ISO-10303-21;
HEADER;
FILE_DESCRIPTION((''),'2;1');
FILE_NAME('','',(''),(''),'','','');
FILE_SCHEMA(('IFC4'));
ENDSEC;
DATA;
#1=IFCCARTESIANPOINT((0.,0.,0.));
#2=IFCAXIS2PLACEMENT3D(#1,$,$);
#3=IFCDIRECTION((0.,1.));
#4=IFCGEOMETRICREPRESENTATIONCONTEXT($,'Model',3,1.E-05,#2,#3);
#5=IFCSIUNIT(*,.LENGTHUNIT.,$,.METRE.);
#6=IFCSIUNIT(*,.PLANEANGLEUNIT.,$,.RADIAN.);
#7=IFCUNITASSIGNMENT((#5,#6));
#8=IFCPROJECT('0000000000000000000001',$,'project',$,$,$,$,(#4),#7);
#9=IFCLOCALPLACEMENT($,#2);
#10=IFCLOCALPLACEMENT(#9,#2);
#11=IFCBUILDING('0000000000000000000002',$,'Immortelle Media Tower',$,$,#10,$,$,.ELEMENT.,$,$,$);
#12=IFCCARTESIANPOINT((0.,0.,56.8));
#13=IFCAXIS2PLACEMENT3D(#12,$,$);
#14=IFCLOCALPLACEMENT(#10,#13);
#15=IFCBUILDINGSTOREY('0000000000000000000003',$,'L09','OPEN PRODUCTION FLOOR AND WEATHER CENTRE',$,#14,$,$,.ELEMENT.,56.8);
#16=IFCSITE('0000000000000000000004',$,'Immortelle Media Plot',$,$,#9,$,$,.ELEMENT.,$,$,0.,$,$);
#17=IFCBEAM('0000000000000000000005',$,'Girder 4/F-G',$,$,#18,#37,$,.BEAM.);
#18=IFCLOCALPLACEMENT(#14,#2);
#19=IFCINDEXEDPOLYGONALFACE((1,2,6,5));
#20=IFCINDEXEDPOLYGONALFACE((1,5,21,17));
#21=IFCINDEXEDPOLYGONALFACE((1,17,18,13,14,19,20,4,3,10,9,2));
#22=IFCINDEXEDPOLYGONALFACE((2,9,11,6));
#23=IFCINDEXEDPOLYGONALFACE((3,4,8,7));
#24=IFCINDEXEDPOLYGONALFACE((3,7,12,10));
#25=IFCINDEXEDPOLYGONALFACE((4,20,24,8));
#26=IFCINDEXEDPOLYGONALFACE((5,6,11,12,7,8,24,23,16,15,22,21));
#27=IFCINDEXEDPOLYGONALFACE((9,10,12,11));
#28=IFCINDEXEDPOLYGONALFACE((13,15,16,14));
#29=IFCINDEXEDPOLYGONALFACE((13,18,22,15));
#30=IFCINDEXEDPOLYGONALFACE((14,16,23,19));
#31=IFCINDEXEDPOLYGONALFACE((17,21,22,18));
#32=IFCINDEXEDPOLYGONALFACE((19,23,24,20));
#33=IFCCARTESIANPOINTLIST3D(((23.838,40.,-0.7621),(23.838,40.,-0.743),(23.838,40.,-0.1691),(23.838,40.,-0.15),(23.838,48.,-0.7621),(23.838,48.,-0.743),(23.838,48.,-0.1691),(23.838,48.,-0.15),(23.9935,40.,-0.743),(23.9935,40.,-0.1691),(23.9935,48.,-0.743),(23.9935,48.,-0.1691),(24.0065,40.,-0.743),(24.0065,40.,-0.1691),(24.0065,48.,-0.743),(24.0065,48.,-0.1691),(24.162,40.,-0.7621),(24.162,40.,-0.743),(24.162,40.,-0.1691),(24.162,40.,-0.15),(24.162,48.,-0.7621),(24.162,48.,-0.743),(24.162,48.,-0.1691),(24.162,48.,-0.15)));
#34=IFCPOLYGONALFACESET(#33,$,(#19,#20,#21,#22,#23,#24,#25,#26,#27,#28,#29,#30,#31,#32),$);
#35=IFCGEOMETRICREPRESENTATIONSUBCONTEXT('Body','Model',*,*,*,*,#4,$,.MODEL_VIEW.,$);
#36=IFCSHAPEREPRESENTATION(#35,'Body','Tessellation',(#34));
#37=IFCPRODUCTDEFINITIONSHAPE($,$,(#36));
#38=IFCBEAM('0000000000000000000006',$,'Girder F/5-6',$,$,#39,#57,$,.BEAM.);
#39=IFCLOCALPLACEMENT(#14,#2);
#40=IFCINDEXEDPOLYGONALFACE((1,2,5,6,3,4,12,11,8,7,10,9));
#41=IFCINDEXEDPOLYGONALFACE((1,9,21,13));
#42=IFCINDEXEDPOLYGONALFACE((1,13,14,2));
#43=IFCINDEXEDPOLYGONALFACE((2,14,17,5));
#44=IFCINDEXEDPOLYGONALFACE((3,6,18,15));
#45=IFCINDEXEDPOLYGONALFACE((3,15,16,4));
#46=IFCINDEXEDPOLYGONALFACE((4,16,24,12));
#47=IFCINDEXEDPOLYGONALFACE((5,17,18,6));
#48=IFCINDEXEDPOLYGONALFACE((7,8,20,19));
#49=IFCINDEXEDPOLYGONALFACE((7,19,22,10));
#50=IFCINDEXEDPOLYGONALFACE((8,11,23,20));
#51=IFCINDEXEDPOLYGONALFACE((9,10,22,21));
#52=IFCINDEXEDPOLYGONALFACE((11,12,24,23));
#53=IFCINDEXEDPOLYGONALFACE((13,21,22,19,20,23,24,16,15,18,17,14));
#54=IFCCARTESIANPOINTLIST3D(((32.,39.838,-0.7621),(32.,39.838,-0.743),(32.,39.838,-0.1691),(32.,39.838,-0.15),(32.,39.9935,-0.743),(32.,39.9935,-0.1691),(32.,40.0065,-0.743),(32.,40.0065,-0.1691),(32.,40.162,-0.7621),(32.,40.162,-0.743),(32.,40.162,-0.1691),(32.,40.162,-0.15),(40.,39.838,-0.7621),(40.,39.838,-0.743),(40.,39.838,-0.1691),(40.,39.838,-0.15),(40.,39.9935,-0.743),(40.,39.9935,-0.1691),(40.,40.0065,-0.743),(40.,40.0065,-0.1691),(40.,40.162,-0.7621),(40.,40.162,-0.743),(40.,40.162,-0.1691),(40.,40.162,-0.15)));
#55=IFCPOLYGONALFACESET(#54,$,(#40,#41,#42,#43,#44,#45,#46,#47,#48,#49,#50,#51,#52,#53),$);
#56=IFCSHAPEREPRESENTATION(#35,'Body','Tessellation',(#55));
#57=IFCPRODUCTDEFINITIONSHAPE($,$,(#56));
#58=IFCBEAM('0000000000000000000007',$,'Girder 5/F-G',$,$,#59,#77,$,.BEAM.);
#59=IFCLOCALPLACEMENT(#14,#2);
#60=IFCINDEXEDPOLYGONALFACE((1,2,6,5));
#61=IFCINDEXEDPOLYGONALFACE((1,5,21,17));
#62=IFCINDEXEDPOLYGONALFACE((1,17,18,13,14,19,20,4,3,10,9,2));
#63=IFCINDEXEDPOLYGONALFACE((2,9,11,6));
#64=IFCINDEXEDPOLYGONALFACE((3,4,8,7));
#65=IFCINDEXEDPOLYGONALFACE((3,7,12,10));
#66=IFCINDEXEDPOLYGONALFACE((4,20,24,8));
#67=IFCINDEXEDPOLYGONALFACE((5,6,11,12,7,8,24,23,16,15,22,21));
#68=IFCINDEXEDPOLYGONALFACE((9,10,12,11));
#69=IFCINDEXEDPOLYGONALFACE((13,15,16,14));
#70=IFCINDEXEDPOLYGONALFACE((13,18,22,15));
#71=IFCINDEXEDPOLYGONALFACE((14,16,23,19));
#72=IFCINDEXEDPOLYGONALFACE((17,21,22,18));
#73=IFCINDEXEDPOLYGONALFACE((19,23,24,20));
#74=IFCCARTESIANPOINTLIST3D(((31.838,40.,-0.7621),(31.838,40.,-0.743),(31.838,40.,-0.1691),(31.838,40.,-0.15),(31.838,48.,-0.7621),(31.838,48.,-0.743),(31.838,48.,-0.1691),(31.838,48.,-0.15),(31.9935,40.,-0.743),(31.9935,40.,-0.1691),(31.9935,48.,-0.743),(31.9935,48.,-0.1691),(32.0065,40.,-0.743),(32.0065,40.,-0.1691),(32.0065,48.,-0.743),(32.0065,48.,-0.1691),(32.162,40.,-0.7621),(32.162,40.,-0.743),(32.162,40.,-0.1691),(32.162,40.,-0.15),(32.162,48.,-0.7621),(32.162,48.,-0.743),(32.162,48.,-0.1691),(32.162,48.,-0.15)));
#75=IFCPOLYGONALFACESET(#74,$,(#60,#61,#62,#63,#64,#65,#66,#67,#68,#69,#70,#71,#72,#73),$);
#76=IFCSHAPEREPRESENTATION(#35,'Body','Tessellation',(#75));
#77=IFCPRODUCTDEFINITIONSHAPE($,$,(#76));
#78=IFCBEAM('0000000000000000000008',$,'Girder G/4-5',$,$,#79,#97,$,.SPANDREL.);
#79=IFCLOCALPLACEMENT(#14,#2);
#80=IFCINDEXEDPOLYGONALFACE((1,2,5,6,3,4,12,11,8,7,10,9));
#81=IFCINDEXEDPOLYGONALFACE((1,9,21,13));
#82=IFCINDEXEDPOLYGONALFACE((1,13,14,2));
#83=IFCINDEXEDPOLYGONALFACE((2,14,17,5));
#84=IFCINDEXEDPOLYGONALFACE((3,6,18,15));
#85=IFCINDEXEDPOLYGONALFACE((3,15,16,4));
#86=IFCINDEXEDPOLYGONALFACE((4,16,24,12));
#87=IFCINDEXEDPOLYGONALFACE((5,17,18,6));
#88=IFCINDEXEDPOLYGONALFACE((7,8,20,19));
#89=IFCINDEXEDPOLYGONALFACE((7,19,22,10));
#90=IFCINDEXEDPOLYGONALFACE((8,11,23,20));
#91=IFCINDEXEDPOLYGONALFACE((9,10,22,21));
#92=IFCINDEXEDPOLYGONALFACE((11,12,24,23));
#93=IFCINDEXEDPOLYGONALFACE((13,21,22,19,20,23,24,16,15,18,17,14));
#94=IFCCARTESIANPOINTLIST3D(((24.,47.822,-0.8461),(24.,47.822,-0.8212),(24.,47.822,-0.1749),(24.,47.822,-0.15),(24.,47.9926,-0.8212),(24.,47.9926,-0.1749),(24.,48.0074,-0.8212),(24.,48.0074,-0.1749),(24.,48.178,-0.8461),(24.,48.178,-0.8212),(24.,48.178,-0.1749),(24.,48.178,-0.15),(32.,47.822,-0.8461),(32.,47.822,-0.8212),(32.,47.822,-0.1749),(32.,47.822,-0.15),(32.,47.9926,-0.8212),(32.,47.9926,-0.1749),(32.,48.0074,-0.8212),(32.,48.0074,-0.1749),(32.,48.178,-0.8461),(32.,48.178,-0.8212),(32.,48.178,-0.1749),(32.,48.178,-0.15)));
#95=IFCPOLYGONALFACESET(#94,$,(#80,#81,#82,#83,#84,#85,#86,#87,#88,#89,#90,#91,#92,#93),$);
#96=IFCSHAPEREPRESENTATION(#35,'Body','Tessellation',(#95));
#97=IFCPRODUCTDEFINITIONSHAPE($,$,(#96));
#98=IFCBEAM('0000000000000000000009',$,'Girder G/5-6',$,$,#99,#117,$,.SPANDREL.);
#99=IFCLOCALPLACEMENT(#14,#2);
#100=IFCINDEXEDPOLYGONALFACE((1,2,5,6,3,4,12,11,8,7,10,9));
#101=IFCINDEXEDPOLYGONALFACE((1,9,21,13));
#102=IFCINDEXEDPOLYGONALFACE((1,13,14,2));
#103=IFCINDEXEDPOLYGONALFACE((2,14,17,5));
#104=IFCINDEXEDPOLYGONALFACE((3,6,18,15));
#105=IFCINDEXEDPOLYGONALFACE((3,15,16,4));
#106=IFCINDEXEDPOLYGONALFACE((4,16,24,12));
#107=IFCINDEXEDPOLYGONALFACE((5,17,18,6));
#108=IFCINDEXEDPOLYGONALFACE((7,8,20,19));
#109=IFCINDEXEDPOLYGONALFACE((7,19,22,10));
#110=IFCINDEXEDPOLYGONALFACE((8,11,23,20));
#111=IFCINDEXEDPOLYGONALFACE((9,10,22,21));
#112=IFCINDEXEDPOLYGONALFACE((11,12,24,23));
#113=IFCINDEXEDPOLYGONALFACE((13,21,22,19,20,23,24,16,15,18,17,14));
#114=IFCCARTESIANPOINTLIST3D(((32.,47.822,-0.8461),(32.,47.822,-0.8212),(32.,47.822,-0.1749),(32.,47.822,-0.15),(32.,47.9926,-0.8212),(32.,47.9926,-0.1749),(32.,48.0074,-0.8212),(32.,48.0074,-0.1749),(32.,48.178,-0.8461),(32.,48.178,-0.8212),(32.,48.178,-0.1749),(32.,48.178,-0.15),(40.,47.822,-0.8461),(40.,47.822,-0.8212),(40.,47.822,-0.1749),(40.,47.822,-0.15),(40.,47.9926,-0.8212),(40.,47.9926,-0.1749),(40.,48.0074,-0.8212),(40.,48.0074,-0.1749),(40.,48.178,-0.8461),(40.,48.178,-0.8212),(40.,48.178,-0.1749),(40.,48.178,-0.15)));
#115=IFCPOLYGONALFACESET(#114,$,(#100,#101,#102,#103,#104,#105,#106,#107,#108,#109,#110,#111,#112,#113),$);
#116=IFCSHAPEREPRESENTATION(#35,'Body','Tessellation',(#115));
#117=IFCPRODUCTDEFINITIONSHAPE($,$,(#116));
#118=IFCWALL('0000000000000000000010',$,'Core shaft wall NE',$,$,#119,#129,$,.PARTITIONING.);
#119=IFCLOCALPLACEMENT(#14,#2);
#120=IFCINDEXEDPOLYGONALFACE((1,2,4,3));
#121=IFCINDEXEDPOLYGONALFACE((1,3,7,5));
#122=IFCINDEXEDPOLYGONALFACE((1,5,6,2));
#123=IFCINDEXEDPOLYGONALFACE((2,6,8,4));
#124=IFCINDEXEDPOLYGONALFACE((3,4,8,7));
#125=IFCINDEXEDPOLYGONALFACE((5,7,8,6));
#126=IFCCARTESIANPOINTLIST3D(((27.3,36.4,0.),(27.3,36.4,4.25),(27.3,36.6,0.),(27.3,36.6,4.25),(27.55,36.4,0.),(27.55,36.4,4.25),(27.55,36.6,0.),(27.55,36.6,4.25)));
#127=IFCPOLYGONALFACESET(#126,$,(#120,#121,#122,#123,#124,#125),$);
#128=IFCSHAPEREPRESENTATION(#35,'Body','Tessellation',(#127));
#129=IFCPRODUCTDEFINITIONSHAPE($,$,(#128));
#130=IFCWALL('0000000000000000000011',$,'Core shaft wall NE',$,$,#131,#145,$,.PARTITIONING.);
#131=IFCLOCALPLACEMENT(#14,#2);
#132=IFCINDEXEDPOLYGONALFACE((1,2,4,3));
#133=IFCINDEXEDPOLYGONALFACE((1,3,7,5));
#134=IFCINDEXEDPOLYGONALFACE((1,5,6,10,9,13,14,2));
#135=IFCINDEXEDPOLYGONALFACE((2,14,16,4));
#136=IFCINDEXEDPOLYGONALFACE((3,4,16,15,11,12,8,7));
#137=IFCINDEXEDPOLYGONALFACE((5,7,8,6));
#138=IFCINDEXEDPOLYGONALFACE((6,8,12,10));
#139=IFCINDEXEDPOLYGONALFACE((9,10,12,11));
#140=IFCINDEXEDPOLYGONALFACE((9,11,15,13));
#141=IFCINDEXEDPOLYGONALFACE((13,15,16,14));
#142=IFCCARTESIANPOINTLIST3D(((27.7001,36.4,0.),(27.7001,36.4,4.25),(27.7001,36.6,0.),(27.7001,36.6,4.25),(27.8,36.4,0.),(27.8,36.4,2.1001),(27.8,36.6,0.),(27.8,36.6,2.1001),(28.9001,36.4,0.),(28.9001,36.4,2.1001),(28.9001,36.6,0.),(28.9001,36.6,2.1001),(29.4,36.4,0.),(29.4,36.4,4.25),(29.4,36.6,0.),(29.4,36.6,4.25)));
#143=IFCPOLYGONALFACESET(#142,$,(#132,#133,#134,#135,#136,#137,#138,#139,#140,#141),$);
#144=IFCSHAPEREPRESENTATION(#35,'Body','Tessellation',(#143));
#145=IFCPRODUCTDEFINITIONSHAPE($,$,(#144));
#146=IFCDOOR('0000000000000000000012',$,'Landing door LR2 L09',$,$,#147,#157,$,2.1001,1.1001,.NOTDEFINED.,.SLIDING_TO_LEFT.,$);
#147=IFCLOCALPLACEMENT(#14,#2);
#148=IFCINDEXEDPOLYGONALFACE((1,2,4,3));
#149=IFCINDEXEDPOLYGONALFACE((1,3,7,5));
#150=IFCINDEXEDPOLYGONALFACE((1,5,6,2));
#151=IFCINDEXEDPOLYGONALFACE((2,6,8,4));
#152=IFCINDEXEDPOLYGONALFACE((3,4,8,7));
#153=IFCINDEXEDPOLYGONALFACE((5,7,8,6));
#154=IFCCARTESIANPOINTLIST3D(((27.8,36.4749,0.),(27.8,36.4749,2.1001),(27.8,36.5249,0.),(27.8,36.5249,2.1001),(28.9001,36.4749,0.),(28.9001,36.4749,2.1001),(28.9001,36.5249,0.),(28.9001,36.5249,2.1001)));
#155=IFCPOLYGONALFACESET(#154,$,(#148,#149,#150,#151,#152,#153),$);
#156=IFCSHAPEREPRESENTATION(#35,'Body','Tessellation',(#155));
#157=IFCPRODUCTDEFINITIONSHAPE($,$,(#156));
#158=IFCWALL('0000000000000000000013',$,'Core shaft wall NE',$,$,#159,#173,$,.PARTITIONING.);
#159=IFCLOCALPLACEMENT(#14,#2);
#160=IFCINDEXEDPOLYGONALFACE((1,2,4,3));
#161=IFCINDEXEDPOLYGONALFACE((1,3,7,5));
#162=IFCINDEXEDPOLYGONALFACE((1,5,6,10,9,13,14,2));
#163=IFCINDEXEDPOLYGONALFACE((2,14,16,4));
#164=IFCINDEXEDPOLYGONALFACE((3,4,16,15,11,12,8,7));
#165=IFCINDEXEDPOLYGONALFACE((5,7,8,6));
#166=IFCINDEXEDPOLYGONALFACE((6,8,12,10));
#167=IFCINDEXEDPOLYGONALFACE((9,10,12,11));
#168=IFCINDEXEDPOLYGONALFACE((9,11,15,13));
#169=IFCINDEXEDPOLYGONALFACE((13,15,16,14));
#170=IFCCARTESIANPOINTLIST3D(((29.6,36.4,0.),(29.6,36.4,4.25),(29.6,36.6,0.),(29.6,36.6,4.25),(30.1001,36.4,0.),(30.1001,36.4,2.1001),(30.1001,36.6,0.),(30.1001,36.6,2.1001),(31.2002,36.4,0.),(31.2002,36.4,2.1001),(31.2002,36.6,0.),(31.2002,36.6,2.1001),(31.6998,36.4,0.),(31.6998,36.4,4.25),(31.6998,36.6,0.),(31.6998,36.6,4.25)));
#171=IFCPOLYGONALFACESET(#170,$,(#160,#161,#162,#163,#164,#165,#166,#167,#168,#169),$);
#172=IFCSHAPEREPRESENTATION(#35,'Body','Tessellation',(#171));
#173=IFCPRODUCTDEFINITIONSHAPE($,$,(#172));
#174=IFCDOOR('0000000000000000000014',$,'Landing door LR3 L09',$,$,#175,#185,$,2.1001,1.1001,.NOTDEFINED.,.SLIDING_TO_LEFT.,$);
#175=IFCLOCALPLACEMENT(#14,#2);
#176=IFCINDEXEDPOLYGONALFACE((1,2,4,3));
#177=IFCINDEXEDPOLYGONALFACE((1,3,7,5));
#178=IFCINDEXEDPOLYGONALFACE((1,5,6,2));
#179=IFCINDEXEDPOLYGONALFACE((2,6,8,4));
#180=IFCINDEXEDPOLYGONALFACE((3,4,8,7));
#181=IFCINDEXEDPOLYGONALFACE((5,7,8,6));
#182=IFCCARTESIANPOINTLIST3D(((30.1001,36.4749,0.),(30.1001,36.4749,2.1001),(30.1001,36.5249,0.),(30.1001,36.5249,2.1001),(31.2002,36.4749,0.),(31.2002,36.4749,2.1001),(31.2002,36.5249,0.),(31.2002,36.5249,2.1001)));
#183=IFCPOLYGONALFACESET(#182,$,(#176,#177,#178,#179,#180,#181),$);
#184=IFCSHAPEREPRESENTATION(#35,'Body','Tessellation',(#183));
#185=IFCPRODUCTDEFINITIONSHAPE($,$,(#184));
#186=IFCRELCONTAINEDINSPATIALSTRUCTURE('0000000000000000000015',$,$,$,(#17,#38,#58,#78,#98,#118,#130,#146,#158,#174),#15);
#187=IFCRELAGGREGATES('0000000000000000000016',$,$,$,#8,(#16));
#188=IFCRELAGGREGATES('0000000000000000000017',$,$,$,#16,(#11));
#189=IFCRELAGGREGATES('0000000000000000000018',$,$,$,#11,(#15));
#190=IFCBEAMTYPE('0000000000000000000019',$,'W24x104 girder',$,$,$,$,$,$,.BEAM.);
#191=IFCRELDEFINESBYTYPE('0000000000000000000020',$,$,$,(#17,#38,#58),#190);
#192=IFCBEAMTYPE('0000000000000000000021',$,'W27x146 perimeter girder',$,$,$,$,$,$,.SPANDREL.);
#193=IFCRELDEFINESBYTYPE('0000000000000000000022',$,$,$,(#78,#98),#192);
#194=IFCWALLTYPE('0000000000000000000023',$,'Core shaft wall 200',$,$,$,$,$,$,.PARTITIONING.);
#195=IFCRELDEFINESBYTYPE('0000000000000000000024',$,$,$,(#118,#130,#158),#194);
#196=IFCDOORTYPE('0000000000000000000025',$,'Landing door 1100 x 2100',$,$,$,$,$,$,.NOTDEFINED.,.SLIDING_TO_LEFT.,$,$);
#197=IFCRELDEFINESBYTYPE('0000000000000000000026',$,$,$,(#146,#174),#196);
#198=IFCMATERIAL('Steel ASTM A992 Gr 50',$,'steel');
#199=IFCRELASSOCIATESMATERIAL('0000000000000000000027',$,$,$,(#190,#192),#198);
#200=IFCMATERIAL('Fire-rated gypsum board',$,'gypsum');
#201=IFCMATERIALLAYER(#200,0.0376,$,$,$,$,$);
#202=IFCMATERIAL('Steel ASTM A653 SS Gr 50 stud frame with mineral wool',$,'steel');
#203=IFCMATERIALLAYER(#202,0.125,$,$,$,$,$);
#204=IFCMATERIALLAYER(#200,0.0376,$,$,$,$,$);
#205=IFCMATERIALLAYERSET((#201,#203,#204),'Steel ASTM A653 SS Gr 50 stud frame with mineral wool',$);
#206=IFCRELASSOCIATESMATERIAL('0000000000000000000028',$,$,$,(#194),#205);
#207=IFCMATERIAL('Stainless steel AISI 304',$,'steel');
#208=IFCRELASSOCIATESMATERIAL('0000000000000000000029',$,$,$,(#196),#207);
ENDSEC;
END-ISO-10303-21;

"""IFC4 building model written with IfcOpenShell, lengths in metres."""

from ifc_helpers import new_model, si_unit, direction, frame, frame_2d, origin, origin_2d, place, context, subcontext, project, spatial, rectangle, i_section, extrude, material, layer, layer_set, material_profile, profile_set, type_object, element, fill, save


model = new_model("IFC4")

# Units and contexts
model_context = context("Model", 3, precision=1e-05, world=origin(), true_north=direction((0.0, 1.0)))
body_context = subcontext(model_context, "Body", "Model", "MODEL_VIEW")
ifc_project = project(units=[si_unit("LENGTHUNIT", "METRE"), si_unit("PLANEANGLEUNIT", "RADIAN")], contexts=[model_context])

# Site, building, storey
site_placement = place(None, origin())
site = spatial("IfcSite", under=ifc_project, at=site_placement, Name="Immortelle Media Plot", CompositionType="ELEMENT", RefElevation=0.0)
building_placement = place(site_placement, origin())
building = spatial("IfcBuilding", under=site, at=building_placement, Name="Immortelle Media Tower", CompositionType="ELEMENT")
storey_placement = place(building_placement, frame((0.0, 0.0, 56.8)))
storey = spatial("IfcBuildingStorey", under=building, at=storey_placement, Name="L09", Description="OPEN PRODUCTION FLOOR AND WEATHER CENTRE", CompositionType="ELEMENT", Elevation=56.8)

# Shared definitions
ifc_material_1 = material(Name="Steel ASTM A992 Gr 50", Category="steel")

# Beams
ifc_material_profile_1 = material_profile(ifc_material_1, i_section(OverallWidth=0.324, OverallDepth=0.6121, WebThickness=0.0129, FlangeThickness=0.019, at=origin_2d()), Name="W24x104")
ifc_profile_set_1 = profile_set([ifc_material_profile_1], Name="Steel ASTM A992 Gr 50")
beam_type_1 = type_object("IfcBeamType", Name="W24x104 girder", PredefinedType="BEAM", material=ifc_profile_set_1)
for number, where, z_axis, x_axis, name in (
    (1, (24.0, 40.0, -0.4561), (0.0, 1.0, 0.0), (-1.0, 0.0, 0.0), "Girder 4/F-G"),
    (2, (32.0, 40.0, -0.4561), (1.0, 0.0, 0.0), (0.0, 1.0, 0.0), "Girder F/5-6"),
    (3, (32.0, 40.0, -0.4561), (0.0, 1.0, 0.0), (-1.0, 0.0, 0.0), "Girder 5/F-G"),
):
    element("IfcBeam", number, at=place(storey_placement, frame(where, z_axis=z_axis, x_axis=x_axis)), inside=storey, type_object=beam_type_1, Name=name, PredefinedType="BEAM", context=body_context, shape_type="SweptSolid", body=[
        extrude(i_section(OverallWidth=0.324, OverallDepth=0.6121, WebThickness=0.0129, FlangeThickness=0.019, at=origin_2d()), origin(), (0.0, 0.0, 1.0), 8.0),
    ])
ifc_material_profile_2 = material_profile(ifc_material_1, i_section(OverallWidth=0.356, OverallDepth=0.696, WebThickness=0.0149, FlangeThickness=0.0249, at=origin_2d()), Name="W27x146")
ifc_profile_set_2 = profile_set([ifc_material_profile_2], Name="Steel ASTM A992 Gr 50")
beam_type_2 = type_object("IfcBeamType", Name="W27x146 perimeter girder", PredefinedType="SPANDREL", material=ifc_profile_set_2)
for number, where, z_axis, x_axis, name in (
    (4, (24.0, 48.0, -0.498), (1.0, 0.0, 0.0), (0.0, 1.0, 0.0), "Girder G/4-5"),
    (5, (32.0, 48.0, -0.498), (1.0, 0.0, 0.0), (0.0, 1.0, 0.0), "Girder G/5-6"),
):
    element("IfcBeam", number, at=place(storey_placement, frame(where, z_axis=z_axis, x_axis=x_axis)), inside=storey, type_object=beam_type_2, Name=name, PredefinedType="SPANDREL", context=body_context, shape_type="SweptSolid", body=[
        extrude(i_section(OverallWidth=0.356, OverallDepth=0.696, WebThickness=0.0149, FlangeThickness=0.0249, at=origin_2d()), origin(), (0.0, 0.0, 1.0), 8.0),
    ])

# Wall
ifc_material_2 = material(Name="Fire-rated gypsum board", Category="gypsum")
ifc_layer_1 = layer(ifc_material_2, 0.0376)
ifc_material_3 = material(Name="Steel ASTM A653 SS Gr 50 stud frame with mineral wool", Category="steel")
ifc_layer_2 = layer(ifc_material_3, 0.125)
ifc_layer_3 = layer(ifc_material_2, 0.0376)
ifc_layer_set_1 = layer_set([ifc_layer_1, ifc_layer_2, ifc_layer_3], Name="Steel ASTM A653 SS Gr 50 stud frame with mineral wool")
wall_type_1 = type_object("IfcWallType", Name="Core shaft wall 200", PredefinedType="PARTITIONING", material=ifc_layer_set_1)
wall_1_placement = place(storey_placement, frame((27.3, 36.5, 0.0), z_axis=(0.0, 0.0, 1.0), x_axis=(1.0, 0.0, 0.0)))
element("IfcWall", 6, at=wall_1_placement, inside=storey, type_object=wall_type_1, Name="Core shaft wall NE", PredefinedType="PARTITIONING", context=body_context, shape_type="SweptSolid", body=[
    extrude(rectangle(XDim=0.25, YDim=0.2, at=frame_2d((0.125, 0.0))), origin(), (0.0, 0.0, 1.0), 4.25),
])

# Walls, openings, doors
wall_2_placement = place(storey_placement, frame((27.7, 36.5, 0.0), z_axis=(0.0, 0.0, 1.0), x_axis=(1.0, 0.0, 0.0)))
wall_2 = element("IfcWall", 7, at=wall_2_placement, inside=storey, type_object=wall_type_1, Name="Core shaft wall NE", PredefinedType="PARTITIONING", context=body_context, shape_type="SweptSolid", body=[
    extrude(rectangle(XDim=1.7, YDim=0.2, at=frame_2d((0.8501, 0.0))), origin(), (0.0, 0.0, 1.0), 4.25),
])
opening_1_placement = place(wall_2_placement, frame((0.1001, 0.0, 0.0)))
opening_1 = element("IfcOpeningElement", 8, at=opening_1_placement, cuts=wall_2, PredefinedType="OPENING", context=body_context, shape_type="SweptSolid", body=[
    extrude(rectangle(XDim=1.1001, YDim=2.1001, at=frame_2d((0.55, 1.05))), frame((0.0, 0.1099, 0.0), z_axis=(0.0, -1.0, 0.0), x_axis=(1.0, 0.0, 0.0)), (0.0, 0.0, 1.0), 0.22),
])
ifc_material_4 = material(Name="Stainless steel AISI 304", Category="steel")
door_type_1 = type_object("IfcDoorType", Name="Landing door 1100 x 2100", OperationType="SLIDING_TO_LEFT", PredefinedType="NOTDEFINED", material=ifc_material_4)
door_1_placement = place(opening_1_placement, origin())
door_1 = element("IfcDoor", 9, at=door_1_placement, inside=storey, type_object=door_type_1, Name="Landing door LR2 L09", OperationType="SLIDING_TO_LEFT", OverallHeight=2.1001, OverallWidth=1.1001, PredefinedType="NOTDEFINED", context=body_context, shape_type="SweptSolid", body=[
    extrude(rectangle(XDim=1.1001, YDim=2.1001, at=frame_2d((0.55, 1.05))), frame((0.0, 0.0249, 0.0), z_axis=(0.0, -1.0, 0.0), x_axis=(1.0, 0.0, 0.0)), (0.0, 0.0, 1.0), 0.05),
])
fill(opening_1, door_1)
wall_3_placement = place(storey_placement, frame((29.6001, 36.5, 0.0), z_axis=(0.0, 0.0, 1.0), x_axis=(1.0, 0.0, 0.0)))
wall_3 = element("IfcWall", 10, at=wall_3_placement, inside=storey, type_object=wall_type_1, Name="Core shaft wall NE", PredefinedType="PARTITIONING", context=body_context, shape_type="SweptSolid", body=[
    extrude(rectangle(XDim=2.0999, YDim=0.2, at=frame_2d((1.0498, 0.0))), origin(), (0.0, 0.0, 1.0), 4.25),
])
opening_2_placement = place(wall_3_placement, frame((0.5, 0.0, 0.0)))
opening_2 = element("IfcOpeningElement", 11, at=opening_2_placement, cuts=wall_3, PredefinedType="OPENING", context=body_context, shape_type="SweptSolid", body=[
    extrude(rectangle(XDim=1.1001, YDim=2.1001, at=frame_2d((0.55, 1.05))), frame((0.0, 0.1099, 0.0), z_axis=(0.0, -1.0, 0.0), x_axis=(1.0, 0.0, 0.0)), (0.0, 0.0, 1.0), 0.22),
])
door_2_placement = place(opening_2_placement, origin())
door_2 = element("IfcDoor", 12, at=door_2_placement, inside=storey, type_object=door_type_1, Name="Landing door LR3 L09", OperationType="SLIDING_TO_LEFT", OverallHeight=2.1001, OverallWidth=1.1001, PredefinedType="NOTDEFINED", context=body_context, shape_type="SweptSolid", body=[
    extrude(rectangle(XDim=1.1001, YDim=2.1001, at=frame_2d((0.55, 1.05))), frame((0.0, 0.0249, 0.0), z_axis=(0.0, -1.0, 0.0), x_axis=(1.0, 0.0, 0.0)), (0.0, 0.0, 1.0), 0.05),
])
fill(opening_2, door_2)

save(model, "model.ifc")
